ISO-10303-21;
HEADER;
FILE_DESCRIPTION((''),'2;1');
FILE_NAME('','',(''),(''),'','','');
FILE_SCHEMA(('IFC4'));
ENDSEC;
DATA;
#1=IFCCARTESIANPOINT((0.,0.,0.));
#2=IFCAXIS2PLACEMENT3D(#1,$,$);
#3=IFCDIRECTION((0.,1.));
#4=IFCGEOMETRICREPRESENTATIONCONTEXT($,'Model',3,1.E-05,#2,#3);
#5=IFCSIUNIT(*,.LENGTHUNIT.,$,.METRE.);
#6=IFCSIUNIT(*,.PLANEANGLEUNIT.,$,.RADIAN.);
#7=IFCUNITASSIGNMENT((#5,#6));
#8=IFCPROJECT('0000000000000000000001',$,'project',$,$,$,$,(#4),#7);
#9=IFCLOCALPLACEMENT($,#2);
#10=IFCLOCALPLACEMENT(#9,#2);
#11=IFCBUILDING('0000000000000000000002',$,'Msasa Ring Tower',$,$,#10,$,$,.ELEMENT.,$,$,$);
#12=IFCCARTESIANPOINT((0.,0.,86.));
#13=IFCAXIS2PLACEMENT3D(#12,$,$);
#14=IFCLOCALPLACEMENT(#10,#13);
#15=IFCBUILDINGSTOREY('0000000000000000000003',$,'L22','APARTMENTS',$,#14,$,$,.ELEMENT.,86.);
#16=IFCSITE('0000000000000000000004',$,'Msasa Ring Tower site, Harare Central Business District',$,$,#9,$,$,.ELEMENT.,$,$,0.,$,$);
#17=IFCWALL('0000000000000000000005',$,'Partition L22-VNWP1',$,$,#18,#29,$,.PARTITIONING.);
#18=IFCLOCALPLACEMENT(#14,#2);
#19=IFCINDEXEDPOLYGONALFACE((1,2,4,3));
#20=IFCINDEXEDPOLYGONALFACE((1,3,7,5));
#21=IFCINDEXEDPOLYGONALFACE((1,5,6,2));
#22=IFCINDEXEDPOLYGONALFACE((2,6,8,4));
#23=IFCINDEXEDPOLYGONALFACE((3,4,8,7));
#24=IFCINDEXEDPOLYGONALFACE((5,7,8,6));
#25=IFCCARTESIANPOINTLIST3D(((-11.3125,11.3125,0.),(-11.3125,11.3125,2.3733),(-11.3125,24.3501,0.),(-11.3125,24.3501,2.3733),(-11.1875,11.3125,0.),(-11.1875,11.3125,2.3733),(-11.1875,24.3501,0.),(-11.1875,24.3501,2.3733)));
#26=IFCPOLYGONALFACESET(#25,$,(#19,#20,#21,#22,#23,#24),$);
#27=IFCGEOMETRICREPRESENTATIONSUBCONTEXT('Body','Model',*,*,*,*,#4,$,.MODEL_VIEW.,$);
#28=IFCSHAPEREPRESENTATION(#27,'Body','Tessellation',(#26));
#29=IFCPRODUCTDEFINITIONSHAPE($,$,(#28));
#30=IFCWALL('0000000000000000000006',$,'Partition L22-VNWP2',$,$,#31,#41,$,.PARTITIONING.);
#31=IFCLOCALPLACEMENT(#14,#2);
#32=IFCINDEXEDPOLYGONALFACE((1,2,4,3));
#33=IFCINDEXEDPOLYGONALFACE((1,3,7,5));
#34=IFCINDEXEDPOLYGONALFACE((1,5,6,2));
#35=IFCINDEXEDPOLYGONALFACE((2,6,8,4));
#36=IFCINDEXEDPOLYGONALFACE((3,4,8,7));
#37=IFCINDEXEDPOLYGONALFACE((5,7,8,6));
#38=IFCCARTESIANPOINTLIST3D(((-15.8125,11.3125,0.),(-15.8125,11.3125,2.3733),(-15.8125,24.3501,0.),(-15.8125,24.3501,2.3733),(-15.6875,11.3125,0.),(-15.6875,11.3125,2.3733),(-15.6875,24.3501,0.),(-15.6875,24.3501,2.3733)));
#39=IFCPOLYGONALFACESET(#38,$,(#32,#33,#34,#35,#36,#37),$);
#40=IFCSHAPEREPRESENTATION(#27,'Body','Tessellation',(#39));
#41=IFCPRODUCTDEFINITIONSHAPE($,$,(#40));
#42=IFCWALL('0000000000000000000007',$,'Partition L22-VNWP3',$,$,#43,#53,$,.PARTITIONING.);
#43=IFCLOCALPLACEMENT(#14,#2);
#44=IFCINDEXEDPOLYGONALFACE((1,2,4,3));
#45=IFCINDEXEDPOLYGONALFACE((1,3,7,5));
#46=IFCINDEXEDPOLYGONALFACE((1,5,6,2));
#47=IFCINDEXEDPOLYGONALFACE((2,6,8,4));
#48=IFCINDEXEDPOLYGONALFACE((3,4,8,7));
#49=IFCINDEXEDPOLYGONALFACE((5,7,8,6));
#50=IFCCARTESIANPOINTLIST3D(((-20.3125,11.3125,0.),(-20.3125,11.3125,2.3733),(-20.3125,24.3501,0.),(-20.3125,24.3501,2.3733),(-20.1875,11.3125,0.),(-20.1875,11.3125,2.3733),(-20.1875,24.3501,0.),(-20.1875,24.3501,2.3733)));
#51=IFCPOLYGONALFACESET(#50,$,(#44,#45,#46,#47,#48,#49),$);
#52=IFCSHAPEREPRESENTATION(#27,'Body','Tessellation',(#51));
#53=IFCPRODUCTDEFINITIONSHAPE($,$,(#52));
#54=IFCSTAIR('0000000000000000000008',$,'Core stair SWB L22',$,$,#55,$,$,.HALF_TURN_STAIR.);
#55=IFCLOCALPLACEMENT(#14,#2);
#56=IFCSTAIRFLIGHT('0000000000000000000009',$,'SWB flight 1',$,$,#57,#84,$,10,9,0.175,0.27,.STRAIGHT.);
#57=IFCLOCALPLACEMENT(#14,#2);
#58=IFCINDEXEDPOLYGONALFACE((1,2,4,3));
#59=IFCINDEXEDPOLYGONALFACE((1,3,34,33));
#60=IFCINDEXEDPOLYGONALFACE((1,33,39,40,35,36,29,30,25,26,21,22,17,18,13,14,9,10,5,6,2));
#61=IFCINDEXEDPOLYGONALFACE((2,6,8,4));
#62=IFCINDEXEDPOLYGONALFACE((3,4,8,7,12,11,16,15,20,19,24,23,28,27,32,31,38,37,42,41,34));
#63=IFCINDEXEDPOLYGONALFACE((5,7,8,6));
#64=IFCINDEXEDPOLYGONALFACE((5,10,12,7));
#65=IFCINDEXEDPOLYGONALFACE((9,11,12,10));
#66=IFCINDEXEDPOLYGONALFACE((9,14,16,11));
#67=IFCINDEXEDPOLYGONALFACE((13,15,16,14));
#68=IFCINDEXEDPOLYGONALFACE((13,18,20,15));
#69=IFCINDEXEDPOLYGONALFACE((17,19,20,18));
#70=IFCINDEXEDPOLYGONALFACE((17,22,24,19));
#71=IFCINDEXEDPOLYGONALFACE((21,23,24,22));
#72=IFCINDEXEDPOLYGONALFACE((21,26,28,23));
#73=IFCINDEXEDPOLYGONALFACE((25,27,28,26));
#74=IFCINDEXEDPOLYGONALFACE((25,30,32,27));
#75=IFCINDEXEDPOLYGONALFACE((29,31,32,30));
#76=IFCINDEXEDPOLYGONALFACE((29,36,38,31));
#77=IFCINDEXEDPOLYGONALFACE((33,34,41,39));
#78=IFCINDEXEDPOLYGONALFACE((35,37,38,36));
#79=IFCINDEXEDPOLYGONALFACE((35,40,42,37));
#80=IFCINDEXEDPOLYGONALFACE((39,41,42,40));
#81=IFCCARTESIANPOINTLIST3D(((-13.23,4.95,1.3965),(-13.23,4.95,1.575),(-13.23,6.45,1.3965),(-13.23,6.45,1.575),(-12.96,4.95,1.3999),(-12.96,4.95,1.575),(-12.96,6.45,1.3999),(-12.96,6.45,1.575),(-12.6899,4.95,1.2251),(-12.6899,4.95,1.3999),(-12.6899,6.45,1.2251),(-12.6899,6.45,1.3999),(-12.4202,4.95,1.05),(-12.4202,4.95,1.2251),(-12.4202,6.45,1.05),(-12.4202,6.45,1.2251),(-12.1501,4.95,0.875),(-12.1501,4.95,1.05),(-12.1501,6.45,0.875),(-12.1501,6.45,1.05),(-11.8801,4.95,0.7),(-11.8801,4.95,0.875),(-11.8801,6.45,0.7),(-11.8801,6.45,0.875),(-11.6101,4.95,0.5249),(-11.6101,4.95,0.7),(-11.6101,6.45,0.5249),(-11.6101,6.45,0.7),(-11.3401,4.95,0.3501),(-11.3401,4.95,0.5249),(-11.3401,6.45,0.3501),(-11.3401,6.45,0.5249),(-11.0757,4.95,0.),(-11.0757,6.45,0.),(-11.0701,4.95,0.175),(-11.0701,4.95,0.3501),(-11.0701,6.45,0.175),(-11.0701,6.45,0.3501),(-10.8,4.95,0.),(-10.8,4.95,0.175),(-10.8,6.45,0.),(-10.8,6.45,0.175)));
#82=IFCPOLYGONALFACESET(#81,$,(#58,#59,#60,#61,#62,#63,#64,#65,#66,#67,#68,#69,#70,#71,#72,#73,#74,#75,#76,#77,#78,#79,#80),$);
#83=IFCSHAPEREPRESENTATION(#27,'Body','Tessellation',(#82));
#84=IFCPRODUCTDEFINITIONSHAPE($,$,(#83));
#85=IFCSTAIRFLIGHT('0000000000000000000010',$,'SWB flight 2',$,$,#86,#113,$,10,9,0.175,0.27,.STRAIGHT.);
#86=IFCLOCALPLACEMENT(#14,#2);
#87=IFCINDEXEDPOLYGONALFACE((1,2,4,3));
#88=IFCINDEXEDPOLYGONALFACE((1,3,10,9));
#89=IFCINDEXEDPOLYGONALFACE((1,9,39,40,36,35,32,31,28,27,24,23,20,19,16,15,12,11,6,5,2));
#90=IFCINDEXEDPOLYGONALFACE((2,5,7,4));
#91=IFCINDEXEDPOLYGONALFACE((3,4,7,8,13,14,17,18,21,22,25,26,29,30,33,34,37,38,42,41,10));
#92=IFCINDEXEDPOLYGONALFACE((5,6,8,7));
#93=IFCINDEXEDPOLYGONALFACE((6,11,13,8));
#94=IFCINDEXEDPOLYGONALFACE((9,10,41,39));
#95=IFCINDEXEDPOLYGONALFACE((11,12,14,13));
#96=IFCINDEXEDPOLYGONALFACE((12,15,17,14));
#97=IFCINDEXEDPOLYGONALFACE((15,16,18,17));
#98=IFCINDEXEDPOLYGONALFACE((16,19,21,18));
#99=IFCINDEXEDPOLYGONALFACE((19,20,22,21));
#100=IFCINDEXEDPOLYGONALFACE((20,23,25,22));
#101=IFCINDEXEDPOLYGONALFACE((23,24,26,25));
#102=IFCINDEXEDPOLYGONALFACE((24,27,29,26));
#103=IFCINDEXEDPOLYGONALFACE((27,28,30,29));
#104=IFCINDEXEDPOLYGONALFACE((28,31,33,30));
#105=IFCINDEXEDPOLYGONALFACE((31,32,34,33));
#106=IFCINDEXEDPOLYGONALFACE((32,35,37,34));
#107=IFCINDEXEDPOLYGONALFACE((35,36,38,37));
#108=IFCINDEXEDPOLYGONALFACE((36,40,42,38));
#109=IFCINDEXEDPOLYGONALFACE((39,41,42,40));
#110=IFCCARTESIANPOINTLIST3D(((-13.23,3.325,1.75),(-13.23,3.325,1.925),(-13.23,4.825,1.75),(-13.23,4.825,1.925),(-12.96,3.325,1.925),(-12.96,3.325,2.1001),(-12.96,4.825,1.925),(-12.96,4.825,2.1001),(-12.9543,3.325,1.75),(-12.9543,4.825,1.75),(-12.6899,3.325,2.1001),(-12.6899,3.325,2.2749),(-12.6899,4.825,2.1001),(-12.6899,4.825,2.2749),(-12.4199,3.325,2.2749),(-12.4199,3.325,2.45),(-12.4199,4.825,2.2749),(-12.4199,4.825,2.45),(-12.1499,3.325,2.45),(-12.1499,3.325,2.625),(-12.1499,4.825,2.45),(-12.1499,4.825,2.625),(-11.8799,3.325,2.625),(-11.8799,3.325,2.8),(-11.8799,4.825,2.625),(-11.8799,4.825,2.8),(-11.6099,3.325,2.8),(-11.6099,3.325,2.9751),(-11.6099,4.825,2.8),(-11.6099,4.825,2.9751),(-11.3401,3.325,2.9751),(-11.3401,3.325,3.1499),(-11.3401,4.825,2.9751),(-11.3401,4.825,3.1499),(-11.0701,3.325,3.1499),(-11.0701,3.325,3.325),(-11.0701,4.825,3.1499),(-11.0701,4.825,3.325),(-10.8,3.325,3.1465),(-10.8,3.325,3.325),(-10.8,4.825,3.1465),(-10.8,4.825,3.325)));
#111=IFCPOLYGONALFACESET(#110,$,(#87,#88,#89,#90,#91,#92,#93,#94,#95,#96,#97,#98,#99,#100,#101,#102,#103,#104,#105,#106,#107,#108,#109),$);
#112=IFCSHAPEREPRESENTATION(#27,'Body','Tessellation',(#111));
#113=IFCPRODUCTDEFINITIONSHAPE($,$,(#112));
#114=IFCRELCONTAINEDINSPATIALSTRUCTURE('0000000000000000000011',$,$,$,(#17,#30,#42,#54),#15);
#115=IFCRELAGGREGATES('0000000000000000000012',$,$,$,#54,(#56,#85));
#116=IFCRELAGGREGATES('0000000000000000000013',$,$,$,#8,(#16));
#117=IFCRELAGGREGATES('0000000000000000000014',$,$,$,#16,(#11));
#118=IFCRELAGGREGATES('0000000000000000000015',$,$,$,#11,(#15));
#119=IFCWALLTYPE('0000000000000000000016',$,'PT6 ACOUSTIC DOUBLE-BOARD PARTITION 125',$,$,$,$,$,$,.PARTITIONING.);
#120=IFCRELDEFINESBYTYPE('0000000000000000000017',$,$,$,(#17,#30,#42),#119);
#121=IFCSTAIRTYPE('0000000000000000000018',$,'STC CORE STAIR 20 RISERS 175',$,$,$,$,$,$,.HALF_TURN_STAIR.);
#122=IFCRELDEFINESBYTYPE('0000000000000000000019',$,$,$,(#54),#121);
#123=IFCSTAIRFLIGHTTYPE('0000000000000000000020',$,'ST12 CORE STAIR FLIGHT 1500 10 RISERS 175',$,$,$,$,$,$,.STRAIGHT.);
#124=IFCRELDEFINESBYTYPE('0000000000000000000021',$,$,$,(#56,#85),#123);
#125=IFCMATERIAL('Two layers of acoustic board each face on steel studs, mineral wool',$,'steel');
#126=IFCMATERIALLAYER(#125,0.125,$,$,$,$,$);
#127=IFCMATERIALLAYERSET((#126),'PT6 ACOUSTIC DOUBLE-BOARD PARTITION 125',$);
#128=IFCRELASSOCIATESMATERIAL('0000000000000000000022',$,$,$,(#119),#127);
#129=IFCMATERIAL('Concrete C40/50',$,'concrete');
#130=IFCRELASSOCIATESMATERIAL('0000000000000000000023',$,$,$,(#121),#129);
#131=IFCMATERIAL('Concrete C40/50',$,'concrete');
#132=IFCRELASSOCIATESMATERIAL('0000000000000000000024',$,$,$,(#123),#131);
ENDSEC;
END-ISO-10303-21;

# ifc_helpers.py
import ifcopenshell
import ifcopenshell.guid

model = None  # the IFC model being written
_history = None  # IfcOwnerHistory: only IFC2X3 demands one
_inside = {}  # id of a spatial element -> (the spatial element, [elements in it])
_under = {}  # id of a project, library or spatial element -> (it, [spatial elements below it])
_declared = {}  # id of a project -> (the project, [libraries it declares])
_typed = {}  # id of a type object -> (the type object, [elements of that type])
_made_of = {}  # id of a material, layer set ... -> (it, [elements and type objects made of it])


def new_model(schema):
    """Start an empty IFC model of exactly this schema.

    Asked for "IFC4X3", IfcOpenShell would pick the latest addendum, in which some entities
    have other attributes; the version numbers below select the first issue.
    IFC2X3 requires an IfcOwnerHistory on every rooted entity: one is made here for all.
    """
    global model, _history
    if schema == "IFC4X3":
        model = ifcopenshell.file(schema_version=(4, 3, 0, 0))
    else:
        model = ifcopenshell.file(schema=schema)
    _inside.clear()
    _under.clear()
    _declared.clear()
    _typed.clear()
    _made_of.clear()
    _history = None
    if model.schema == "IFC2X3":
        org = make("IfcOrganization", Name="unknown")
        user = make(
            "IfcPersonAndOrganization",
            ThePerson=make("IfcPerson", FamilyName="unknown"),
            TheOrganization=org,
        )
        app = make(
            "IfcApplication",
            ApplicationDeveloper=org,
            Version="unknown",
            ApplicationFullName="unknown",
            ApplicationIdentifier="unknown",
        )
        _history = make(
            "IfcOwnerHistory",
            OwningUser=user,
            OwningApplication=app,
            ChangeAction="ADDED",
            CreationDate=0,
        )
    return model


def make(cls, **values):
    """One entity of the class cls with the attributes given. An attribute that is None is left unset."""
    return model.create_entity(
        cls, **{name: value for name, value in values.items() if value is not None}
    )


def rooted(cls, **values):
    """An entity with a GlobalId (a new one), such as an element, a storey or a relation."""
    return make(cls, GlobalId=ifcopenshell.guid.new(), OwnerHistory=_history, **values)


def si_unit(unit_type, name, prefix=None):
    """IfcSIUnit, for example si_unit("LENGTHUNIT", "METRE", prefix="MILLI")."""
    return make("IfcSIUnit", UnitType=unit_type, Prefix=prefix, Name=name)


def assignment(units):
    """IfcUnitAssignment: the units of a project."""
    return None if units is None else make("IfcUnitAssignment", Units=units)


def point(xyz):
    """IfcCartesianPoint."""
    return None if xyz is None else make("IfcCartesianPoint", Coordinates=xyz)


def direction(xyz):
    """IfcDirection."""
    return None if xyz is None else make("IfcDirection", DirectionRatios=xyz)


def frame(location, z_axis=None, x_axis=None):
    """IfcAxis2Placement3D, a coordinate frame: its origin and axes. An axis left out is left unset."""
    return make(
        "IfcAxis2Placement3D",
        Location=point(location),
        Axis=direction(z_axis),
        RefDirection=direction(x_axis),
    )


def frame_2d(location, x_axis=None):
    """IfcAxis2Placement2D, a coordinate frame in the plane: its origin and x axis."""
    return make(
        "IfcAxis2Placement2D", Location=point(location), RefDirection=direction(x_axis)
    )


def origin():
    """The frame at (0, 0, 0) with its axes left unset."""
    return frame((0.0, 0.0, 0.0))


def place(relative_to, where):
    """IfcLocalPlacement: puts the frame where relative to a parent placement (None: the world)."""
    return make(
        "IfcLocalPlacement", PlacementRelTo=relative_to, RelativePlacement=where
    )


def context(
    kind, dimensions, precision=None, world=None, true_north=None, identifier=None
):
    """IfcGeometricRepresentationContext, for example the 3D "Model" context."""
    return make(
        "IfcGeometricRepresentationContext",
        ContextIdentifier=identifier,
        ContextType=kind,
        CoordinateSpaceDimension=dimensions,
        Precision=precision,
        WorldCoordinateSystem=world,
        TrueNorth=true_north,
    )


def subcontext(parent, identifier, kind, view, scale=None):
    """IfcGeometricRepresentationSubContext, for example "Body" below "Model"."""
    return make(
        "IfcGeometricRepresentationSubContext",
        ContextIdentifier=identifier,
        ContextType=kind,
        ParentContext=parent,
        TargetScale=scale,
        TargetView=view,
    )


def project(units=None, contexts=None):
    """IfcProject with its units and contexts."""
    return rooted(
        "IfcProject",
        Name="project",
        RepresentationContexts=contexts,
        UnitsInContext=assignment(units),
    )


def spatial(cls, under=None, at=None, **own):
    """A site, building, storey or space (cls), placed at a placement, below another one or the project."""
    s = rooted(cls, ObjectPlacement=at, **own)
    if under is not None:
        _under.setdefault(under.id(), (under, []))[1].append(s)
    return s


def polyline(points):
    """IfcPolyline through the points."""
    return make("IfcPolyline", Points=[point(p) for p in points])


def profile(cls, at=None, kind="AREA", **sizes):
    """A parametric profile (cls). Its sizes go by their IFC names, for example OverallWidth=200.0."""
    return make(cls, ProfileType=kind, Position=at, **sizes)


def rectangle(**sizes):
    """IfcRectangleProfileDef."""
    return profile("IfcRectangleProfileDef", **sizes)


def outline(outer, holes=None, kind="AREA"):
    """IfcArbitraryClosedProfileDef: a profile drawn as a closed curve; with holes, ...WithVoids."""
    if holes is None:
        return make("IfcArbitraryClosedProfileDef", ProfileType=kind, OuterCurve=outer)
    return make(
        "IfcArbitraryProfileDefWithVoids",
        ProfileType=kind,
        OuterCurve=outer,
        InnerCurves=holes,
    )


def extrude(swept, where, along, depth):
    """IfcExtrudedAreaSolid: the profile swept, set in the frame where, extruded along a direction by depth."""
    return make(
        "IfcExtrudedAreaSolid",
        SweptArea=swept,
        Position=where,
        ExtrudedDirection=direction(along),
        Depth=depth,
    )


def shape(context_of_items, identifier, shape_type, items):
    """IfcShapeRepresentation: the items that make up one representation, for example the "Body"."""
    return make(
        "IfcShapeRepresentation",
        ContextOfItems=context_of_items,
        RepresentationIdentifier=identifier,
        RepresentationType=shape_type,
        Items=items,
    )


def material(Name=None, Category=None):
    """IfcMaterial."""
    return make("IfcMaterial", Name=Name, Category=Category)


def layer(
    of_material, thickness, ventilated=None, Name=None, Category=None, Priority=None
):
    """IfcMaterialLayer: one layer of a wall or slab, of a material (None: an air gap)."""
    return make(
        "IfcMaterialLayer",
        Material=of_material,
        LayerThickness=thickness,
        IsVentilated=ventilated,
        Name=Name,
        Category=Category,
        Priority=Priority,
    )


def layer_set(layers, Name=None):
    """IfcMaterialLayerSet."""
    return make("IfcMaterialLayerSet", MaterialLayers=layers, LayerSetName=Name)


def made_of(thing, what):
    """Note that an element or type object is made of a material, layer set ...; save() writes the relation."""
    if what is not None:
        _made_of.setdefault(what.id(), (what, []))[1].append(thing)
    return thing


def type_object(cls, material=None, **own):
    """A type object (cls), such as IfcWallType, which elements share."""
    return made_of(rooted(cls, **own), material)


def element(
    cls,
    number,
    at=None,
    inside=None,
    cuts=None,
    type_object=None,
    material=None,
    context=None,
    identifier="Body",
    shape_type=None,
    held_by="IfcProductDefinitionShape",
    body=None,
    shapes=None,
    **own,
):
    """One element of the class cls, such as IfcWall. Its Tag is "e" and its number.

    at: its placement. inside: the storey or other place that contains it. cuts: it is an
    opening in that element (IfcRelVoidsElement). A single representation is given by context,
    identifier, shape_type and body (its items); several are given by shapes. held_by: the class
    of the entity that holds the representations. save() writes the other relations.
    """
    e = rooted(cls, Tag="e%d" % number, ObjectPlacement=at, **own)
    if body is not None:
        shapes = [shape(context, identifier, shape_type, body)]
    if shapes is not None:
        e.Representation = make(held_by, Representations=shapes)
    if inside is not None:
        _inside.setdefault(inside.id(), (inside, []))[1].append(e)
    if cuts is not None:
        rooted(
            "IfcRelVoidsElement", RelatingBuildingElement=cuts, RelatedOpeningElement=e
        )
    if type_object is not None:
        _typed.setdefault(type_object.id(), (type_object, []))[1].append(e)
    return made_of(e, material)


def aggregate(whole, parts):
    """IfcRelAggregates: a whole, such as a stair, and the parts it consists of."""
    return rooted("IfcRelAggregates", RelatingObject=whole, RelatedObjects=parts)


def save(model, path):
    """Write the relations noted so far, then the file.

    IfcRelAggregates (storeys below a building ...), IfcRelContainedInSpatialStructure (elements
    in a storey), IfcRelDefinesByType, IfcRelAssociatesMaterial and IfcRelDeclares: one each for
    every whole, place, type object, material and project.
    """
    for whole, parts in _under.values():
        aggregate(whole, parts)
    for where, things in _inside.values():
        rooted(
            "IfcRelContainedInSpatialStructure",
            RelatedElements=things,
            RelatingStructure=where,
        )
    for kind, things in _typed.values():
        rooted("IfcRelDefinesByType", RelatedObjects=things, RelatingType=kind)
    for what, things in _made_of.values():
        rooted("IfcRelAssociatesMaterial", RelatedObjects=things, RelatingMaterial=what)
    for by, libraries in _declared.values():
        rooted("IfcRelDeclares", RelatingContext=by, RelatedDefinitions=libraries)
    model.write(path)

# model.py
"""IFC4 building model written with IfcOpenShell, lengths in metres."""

from ifc_helpers import new_model, si_unit, direction, frame, frame_2d, origin, place, context, subcontext, project, spatial, polyline, rectangle, outline, extrude, material, layer, layer_set, type_object, element, aggregate, save


model = new_model("IFC4")

# Units and contexts
model_context = context("Model", 3, precision=1e-05, world=origin(), true_north=direction((0.0, 1.0)))
body_context = subcontext(model_context, "Body", "Model", "MODEL_VIEW")
ifc_project = project(units=[si_unit("LENGTHUNIT", "METRE"), si_unit("PLANEANGLEUNIT", "RADIAN")], contexts=[model_context])

# Site, building, storey
site_placement = place(None, origin())
site = spatial("IfcSite", under=ifc_project, at=site_placement, Name="Msasa Ring Tower site, Harare Central Business District", CompositionType="ELEMENT", RefElevation=0.0)
building_placement = place(site_placement, origin())
building = spatial("IfcBuilding", under=site, at=building_placement, Name="Msasa Ring Tower", CompositionType="ELEMENT")
storey_placement = place(building_placement, frame((0.0, 0.0, 86.0)))
storey = spatial("IfcBuildingStorey", under=building, at=storey_placement, Name="L22", Description="APARTMENTS", CompositionType="ELEMENT", Elevation=86.0)

# Walls
ifc_material_1 = material(Name="Two layers of acoustic board each face on steel studs, mineral wool", Category="steel")
ifc_layer_1 = layer(ifc_material_1, 0.125)
ifc_layer_set_1 = layer_set([ifc_layer_1], Name="PT6 ACOUSTIC DOUBLE-BOARD PARTITION 125")
wall_type_1 = type_object("IfcWallType", Name="PT6 ACOUSTIC DOUBLE-BOARD PARTITION 125", PredefinedType="PARTITIONING", material=ifc_layer_set_1)
for number, where, z_axis, x_axis, name in (
    (1, (-11.25, 11.3125, 0.0), (0.0, 0.0, 1.0), (0.0, 1.0, 0.0), "Partition L22-VNWP1"),
    (2, (-15.75, 11.3125, 0.0), (0.0, 0.0, 1.0), (0.0, 1.0, 0.0), "Partition L22-VNWP2"),
    (3, (-20.25, 11.3125, 0.0), (0.0, 0.0, 1.0), (0.0, 1.0, 0.0), "Partition L22-VNWP3"),
):
    element("IfcWall", number, at=place(storey_placement, frame(where, z_axis=z_axis, x_axis=x_axis)), inside=storey, type_object=wall_type_1, Name=name, PredefinedType="PARTITIONING", context=body_context, shape_type="SweptSolid", body=[
        extrude(rectangle(XDim=13.0376, YDim=0.125, at=frame_2d((6.5188, 0.0))), origin(), (0.0, 0.0, 1.0), 2.3733),
    ])

# Stair, stair flights
ifc_material_2 = material(Name="Concrete C40/50", Category="concrete")
stair_type = type_object("IfcStairType", Name="STC CORE STAIR 20 RISERS 175", PredefinedType="HALF_TURN_STAIR", material=ifc_material_2)
stair_placement = place(storey_placement, origin())
stair = element("IfcStair", 4, at=stair_placement, inside=storey, type_object=stair_type, Name="Core stair SWB L22", PredefinedType="HALF_TURN_STAIR")
ifc_material_3 = material(Name="Concrete C40/50", Category="concrete")
stair_flight_type = type_object("IfcStairFlightType", Name="ST12 CORE STAIR FLIGHT 1500 10 RISERS 175", PredefinedType="STRAIGHT", material=ifc_material_3)
stair_flight_1_placement = place(storey_placement, frame((-10.8, 5.7, 0.0), z_axis=(0.0, 0.0, 1.0), x_axis=(-1.0, 0.0, 0.0)))
stair_flight_1 = element("IfcStairFlight", 5, at=stair_flight_1_placement, type_object=stair_flight_type, Name="SWB flight 1", NumberOfRisers=10, NumberOfTreads=9, PredefinedType="STRAIGHT", RiserHeight=0.175, TreadLength=0.27, context=body_context, shape_type="SweptSolid", body=[
    extrude(outline(polyline([(0.0, 0.0), (0.0, 0.175), (0.27, 0.175), (0.27, 0.3501), (0.54, 0.3501), (0.54, 0.5249), (0.8101, 0.5249), (0.8101, 0.7), (1.0801, 0.7), (1.0801, 0.875), (1.3501, 0.875), (1.3501, 1.05), (1.6201, 1.05), (1.6201, 1.2251), (1.8899, 1.2251), (1.8899, 1.3999), (2.1599, 1.3999), (2.1599, 1.575), (2.4299, 1.575), (2.4299, 1.75), (2.4299, 1.3965), (0.2756, 0.0), (0.0, 0.0)])), frame((0.0, 0.75, 0.0), z_axis=(0.0, -1.0, 0.0), x_axis=(1.0, 0.0, 0.0)), (0.0, 0.0, 1.0), 1.5),
])
stair_flight_2_placement = place(storey_placement, frame((-13.23, 4.075, 1.75), z_axis=(0.0, 0.0, 1.0), x_axis=(1.0, 0.0, 0.0)))
stair_flight_2 = element("IfcStairFlight", 6, at=stair_flight_2_placement, type_object=stair_flight_type, Name="SWB flight 2", NumberOfRisers=10, NumberOfTreads=9, PredefinedType="STRAIGHT", RiserHeight=0.175, TreadLength=0.27, context=body_context, shape_type="SweptSolid", body=[
    extrude(outline(polyline([(0.0, 0.0), (0.0, 0.175), (0.27, 0.175), (0.27, 0.3501), (0.54, 0.3501), (0.54, 0.5249), (0.8101, 0.5249), (0.8101, 0.7), (1.0801, 0.7), (1.0801, 0.875), (1.3501, 0.875), (1.3501, 1.05), (1.6201, 1.05), (1.6201, 1.2251), (1.8899, 1.2251), (1.8899, 1.3999), (2.1599, 1.3999), (2.1599, 1.575), (2.4299, 1.575), (2.4299, 1.75), (2.4299, 1.3965), (0.2756, 0.0), (0.0, 0.0)])), frame((0.0, 0.75, 0.0), z_axis=(0.0, -1.0, 0.0), x_axis=(1.0, 0.0, 0.0)), (0.0, 0.0, 1.0), 1.5),
])
aggregate(stair, [stair_flight_1, stair_flight_2])

save(model, "model.ifc")
